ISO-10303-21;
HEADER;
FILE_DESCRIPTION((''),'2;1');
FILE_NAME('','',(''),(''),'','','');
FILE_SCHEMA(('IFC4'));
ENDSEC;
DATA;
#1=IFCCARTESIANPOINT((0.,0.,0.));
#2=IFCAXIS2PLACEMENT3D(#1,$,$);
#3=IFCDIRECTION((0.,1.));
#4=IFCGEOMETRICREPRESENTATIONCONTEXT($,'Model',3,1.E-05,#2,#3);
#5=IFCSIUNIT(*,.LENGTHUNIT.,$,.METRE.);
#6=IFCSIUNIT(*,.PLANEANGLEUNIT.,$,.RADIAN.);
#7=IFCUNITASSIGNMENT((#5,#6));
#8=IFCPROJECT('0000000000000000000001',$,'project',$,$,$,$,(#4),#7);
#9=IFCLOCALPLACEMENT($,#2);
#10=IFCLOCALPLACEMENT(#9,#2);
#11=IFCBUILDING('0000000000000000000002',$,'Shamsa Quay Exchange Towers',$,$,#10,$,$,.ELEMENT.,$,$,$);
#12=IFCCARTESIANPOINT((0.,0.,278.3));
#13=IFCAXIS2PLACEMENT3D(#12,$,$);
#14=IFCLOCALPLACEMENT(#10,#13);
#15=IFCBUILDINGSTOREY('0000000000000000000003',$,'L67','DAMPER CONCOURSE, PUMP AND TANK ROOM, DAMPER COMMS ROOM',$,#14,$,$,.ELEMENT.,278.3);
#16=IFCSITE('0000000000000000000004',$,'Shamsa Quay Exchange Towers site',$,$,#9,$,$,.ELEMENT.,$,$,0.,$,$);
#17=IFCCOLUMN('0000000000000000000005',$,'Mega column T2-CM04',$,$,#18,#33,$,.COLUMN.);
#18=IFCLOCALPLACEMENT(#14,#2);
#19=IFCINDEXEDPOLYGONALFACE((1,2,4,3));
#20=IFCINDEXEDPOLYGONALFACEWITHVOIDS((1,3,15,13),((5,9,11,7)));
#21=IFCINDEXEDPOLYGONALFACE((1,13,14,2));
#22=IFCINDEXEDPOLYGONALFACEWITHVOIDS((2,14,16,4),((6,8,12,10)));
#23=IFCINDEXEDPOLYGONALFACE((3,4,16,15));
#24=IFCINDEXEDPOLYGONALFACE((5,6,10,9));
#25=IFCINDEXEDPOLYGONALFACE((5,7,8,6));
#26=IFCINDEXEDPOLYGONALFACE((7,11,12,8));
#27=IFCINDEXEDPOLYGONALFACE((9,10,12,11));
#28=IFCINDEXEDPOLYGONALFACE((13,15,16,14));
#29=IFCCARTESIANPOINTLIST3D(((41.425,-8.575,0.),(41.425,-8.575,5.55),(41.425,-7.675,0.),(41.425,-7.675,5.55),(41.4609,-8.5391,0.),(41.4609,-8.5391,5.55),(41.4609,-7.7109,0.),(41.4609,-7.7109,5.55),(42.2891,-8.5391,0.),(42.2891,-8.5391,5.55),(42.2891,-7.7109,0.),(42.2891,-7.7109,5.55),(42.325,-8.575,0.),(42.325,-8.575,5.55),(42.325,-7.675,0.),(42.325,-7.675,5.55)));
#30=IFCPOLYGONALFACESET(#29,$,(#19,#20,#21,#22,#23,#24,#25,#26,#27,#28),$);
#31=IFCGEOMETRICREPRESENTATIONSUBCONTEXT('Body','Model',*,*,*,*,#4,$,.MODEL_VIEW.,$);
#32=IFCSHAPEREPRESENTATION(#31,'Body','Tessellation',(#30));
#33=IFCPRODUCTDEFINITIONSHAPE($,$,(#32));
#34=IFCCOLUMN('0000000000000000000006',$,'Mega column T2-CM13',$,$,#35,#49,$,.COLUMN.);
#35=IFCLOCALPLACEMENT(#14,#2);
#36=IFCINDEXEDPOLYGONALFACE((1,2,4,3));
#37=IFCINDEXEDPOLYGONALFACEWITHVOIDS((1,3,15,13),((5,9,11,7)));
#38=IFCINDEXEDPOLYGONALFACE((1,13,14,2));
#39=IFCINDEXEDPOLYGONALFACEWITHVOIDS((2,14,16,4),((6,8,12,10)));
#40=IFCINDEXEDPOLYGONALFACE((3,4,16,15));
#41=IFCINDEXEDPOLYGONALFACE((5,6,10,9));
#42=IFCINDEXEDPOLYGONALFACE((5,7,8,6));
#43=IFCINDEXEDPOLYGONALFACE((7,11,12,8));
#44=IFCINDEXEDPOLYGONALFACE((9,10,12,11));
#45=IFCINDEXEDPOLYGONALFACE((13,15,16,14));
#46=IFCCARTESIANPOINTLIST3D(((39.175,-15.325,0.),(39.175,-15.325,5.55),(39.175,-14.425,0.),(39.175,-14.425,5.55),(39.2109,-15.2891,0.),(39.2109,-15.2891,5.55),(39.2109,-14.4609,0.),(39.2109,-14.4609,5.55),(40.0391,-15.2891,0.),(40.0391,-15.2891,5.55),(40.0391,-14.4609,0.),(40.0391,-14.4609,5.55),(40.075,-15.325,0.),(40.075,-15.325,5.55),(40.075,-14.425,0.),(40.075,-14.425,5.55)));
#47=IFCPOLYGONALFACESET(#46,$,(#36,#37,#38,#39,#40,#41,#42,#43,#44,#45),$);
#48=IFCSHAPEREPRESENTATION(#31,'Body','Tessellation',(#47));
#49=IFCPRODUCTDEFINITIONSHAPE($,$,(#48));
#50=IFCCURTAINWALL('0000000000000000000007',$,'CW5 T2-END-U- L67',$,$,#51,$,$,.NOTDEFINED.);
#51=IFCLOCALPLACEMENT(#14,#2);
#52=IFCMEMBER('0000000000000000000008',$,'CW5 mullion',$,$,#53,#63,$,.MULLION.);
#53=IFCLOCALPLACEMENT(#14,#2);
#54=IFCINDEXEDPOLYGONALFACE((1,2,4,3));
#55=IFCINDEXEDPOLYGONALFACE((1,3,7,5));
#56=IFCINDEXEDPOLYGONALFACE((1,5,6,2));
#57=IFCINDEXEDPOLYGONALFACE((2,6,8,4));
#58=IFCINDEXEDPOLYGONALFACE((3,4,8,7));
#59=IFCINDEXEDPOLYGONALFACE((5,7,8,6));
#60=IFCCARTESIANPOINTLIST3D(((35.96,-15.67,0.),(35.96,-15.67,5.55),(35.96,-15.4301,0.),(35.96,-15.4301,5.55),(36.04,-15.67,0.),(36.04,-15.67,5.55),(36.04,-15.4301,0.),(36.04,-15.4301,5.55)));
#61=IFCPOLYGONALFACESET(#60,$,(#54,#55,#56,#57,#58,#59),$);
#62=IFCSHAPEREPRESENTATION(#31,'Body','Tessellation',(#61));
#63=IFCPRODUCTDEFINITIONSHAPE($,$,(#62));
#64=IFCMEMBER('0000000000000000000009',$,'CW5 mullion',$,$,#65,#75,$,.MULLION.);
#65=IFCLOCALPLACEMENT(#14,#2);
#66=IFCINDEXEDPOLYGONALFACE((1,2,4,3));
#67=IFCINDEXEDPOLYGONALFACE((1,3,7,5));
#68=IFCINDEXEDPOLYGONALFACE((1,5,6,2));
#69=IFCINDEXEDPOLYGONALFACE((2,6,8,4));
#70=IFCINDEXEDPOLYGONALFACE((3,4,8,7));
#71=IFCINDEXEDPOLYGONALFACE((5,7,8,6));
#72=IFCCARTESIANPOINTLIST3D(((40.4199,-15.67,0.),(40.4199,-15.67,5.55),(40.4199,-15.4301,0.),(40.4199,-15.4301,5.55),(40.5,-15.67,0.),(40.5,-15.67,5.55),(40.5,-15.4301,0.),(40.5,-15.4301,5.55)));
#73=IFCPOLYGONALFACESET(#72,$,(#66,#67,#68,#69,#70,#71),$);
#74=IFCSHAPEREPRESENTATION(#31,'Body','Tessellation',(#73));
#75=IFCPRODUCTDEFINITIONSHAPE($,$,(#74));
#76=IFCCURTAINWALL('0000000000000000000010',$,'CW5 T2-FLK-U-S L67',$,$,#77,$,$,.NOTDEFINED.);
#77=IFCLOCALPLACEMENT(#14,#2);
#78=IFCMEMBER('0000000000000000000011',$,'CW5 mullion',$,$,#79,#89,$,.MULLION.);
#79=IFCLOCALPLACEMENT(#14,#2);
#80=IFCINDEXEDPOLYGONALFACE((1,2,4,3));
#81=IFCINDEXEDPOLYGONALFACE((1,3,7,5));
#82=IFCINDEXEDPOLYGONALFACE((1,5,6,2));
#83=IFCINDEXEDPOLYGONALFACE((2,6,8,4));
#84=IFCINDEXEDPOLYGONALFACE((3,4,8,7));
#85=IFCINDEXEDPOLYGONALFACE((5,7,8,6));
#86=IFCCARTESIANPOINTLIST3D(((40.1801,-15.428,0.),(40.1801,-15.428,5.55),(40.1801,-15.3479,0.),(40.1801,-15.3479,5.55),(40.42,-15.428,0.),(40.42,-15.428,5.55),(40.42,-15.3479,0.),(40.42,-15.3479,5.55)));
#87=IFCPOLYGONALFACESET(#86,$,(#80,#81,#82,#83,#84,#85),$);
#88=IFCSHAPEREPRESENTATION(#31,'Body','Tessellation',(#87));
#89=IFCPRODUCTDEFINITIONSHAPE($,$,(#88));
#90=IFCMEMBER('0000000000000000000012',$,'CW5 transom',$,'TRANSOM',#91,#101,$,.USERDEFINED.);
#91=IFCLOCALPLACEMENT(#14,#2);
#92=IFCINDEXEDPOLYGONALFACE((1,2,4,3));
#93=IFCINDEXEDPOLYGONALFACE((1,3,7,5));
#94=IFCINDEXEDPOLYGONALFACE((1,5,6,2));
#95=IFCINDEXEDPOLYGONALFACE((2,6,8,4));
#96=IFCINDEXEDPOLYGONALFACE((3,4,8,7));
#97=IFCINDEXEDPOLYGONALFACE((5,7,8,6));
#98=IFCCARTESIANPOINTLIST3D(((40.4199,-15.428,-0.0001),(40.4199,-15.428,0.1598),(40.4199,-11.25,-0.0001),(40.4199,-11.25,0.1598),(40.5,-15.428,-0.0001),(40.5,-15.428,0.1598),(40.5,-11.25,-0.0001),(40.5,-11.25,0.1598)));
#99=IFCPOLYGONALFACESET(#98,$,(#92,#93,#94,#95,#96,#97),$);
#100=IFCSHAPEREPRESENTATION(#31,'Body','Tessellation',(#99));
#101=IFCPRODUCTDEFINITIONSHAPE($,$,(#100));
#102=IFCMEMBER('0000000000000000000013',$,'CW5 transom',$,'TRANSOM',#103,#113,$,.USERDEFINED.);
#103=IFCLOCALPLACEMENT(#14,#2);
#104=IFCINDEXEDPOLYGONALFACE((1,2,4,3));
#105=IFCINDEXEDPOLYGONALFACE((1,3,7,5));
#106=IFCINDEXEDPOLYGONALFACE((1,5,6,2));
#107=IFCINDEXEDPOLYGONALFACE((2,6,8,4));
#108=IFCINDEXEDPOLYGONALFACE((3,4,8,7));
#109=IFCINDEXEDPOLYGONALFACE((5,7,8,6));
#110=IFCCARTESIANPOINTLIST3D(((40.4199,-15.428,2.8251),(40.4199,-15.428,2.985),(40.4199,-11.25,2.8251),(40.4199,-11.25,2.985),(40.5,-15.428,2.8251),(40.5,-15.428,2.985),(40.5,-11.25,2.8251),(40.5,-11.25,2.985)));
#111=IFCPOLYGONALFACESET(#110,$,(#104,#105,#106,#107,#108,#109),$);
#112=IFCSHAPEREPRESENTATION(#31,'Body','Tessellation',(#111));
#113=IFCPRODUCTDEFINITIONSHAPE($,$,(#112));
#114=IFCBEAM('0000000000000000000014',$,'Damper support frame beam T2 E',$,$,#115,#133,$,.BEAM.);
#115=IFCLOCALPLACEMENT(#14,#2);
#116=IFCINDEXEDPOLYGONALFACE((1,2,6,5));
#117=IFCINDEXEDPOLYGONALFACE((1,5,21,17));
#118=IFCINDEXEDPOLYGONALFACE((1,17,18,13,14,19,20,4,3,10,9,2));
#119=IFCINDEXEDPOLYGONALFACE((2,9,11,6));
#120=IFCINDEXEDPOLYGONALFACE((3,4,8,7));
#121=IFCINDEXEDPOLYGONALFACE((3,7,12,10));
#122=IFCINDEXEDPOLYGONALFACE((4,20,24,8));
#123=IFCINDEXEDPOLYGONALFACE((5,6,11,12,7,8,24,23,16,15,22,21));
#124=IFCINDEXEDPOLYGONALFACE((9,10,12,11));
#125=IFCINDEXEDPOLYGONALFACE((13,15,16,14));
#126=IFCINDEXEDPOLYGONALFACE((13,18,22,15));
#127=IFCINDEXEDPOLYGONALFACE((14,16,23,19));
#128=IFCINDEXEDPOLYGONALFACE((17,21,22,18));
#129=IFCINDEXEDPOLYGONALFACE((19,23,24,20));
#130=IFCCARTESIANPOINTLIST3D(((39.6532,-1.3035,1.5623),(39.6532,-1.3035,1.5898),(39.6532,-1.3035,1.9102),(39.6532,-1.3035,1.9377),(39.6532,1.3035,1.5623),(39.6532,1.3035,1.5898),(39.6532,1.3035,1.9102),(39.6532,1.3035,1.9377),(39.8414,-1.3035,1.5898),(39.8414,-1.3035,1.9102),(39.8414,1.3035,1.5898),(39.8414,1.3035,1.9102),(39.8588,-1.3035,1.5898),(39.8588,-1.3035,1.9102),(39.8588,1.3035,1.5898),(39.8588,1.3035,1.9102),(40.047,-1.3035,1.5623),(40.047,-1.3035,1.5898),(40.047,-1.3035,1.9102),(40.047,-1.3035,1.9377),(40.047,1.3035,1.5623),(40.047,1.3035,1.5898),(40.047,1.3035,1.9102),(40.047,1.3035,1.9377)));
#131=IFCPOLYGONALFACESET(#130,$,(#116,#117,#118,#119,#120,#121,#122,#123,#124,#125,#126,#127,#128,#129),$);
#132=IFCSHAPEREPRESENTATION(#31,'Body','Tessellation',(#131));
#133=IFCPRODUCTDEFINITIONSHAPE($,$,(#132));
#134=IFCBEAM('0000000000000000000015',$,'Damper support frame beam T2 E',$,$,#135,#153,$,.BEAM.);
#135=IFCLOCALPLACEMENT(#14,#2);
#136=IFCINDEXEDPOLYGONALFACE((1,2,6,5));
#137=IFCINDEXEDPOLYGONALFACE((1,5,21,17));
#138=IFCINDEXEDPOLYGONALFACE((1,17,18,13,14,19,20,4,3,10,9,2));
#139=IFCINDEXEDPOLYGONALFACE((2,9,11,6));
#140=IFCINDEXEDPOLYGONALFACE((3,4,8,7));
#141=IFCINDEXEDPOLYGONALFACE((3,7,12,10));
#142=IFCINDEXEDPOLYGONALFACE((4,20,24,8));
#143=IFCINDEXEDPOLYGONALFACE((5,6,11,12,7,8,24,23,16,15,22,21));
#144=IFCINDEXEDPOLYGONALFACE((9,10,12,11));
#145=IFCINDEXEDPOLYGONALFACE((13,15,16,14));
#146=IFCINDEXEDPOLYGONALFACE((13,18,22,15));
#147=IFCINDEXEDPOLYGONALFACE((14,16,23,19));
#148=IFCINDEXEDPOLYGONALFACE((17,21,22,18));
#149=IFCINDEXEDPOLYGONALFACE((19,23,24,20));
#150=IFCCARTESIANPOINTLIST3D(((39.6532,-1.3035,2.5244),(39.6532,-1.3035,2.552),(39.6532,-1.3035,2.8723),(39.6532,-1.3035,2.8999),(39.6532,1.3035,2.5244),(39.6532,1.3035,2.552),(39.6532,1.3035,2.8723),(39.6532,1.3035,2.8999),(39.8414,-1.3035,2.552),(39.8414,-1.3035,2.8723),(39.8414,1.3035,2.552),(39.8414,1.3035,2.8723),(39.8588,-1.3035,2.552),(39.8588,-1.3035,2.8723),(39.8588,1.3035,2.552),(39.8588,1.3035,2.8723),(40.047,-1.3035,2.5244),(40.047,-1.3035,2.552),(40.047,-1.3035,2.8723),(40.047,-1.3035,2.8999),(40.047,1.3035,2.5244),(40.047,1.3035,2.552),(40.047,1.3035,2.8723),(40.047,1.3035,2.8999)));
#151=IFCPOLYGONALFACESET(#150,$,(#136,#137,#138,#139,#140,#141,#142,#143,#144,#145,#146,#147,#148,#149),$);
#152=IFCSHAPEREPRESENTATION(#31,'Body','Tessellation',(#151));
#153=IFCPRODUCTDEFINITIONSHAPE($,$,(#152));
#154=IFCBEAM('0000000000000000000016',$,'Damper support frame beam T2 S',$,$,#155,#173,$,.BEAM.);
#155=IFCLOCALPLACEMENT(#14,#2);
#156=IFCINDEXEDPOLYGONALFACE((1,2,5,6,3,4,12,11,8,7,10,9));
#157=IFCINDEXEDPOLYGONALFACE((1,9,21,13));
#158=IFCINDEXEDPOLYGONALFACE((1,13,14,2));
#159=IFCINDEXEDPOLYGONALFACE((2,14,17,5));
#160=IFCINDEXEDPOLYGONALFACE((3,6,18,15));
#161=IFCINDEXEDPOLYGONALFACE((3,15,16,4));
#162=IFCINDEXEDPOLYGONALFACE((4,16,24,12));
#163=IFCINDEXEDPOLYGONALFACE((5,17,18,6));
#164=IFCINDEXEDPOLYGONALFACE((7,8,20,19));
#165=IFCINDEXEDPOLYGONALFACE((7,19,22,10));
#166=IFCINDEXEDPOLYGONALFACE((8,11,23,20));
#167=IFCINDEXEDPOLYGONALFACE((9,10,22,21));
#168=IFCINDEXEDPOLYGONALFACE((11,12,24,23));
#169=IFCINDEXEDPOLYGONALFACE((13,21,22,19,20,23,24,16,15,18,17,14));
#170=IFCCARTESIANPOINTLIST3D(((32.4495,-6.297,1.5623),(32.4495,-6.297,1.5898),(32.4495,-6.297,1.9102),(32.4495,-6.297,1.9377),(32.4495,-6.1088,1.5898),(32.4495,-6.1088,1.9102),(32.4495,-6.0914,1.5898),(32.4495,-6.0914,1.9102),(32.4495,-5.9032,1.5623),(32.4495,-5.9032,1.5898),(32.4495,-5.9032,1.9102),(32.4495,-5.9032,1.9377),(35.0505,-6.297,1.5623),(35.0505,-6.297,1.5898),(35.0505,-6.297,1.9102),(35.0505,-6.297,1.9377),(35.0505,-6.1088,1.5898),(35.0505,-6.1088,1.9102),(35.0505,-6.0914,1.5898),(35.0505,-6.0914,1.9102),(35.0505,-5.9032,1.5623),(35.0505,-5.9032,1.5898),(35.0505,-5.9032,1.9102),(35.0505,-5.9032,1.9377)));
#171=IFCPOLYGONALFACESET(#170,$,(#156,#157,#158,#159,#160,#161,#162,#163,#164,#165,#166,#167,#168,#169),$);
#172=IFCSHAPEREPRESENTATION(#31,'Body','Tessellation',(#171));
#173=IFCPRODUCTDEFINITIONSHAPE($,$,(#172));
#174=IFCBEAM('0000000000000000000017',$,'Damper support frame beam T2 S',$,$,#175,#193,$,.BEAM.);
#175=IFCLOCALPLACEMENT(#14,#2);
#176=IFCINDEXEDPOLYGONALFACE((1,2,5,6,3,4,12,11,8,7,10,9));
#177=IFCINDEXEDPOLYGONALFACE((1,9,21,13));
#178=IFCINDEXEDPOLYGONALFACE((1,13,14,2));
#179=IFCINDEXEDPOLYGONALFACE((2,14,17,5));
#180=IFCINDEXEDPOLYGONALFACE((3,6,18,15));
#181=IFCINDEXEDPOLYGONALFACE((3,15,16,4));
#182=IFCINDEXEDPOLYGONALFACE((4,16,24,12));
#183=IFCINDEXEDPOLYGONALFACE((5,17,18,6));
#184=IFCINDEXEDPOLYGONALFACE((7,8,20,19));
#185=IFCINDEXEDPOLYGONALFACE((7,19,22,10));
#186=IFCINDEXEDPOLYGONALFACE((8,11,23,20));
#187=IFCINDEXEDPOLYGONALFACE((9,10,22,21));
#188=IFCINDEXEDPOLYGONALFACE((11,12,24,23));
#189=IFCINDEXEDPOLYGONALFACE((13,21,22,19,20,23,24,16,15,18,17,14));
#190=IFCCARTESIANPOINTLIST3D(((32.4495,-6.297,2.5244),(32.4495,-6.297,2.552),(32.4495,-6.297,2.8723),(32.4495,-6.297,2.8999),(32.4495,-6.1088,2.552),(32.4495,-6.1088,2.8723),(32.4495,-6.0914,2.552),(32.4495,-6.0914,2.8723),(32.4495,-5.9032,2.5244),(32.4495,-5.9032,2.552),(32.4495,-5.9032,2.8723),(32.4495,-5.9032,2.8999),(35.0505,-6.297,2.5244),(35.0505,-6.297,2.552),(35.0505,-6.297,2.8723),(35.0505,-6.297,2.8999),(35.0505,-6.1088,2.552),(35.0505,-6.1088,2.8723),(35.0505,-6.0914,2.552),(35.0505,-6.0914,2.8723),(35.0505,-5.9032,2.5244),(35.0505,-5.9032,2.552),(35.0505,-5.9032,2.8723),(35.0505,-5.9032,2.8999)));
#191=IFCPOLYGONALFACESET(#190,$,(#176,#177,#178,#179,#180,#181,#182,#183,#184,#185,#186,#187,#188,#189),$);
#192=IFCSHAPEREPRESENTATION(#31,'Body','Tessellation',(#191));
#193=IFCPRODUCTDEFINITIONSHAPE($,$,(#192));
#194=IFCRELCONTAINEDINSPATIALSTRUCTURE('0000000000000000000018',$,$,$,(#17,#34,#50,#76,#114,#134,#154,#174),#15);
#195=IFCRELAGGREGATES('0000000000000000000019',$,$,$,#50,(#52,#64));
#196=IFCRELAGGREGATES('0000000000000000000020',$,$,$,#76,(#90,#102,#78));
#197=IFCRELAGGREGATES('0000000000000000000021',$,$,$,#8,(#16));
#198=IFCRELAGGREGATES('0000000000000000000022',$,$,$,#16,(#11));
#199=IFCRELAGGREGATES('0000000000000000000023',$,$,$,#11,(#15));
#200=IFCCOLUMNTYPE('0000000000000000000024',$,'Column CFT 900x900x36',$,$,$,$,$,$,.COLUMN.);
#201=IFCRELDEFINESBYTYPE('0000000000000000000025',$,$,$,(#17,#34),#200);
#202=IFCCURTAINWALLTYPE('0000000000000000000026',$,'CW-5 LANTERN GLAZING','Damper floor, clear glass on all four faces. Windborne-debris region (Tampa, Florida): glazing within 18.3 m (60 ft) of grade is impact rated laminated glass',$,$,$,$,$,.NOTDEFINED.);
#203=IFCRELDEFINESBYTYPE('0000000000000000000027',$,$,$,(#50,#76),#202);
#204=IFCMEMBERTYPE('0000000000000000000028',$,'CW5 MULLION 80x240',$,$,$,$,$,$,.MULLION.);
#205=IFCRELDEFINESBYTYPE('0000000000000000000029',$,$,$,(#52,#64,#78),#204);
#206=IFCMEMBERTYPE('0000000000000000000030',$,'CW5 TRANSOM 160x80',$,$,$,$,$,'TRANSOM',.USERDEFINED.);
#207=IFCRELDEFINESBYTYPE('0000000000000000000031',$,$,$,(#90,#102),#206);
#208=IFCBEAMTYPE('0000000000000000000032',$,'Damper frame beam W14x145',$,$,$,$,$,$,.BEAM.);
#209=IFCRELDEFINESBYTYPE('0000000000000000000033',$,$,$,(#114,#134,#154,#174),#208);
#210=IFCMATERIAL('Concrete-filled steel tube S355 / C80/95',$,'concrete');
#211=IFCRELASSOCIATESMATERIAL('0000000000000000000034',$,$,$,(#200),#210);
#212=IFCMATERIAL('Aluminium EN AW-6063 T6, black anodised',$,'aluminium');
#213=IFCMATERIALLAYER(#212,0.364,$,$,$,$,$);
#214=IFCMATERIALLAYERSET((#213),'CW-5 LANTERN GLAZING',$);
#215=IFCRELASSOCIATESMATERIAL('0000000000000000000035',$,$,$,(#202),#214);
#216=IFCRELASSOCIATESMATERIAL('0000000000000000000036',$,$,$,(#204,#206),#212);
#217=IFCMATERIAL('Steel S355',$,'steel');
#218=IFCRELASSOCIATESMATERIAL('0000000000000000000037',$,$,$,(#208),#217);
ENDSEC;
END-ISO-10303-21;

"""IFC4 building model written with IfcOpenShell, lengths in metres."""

from ifc_helpers import new_model, si_unit, direction, frame, origin, origin_2d, place, context, subcontext, project, spatial, rectangle, hollow_rectangle, i_section, extrude, material, layer, layer_set, material_profile, profile_set, type_object, element, aggregate, save


model = new_model("IFC4")

# Units and contexts
model_context = context("Model", 3, precision=1e-05, world=origin(), true_north=direction((0.0, 1.0)))
body_context = subcontext(model_context, "Body", "Model", "MODEL_VIEW")
ifc_project = project(units=[si_unit("LENGTHUNIT", "METRE"), si_unit("PLANEANGLEUNIT", "RADIAN")], contexts=[model_context])

# Site, building, storey
site_placement = place(None, origin())
site = spatial("IfcSite", under=ifc_project, at=site_placement, Name="Shamsa Quay Exchange Towers site", CompositionType="ELEMENT", RefElevation=0.0)
building_placement = place(site_placement, origin())
building = spatial("IfcBuilding", under=site, at=building_placement, Name="Shamsa Quay Exchange Towers", CompositionType="ELEMENT")
storey_placement = place(building_placement, frame((0.0, 0.0, 278.3)))
storey = spatial("IfcBuildingStorey", under=building, at=storey_placement, Name="L67", Description="DAMPER CONCOURSE, PUMP AND TANK ROOM, DAMPER COMMS ROOM", CompositionType="ELEMENT", Elevation=278.3)

# Columns
ifc_material_1 = material(Name="Concrete-filled steel tube S355 / C80/95", Category="concrete")
ifc_material_profile_1 = material_profile(ifc_material_1, hollow_rectangle(XDim=0.8999, YDim=0.8999, WallThickness=0.0359, at=origin_2d()), Name="CFT 900x900x36")
ifc_profile_set_1 = profile_set([ifc_material_profile_1], Name="Concrete-filled steel tube S355 / C80/95")
column_type = type_object("IfcColumnType", Name="Column CFT 900x900x36", PredefinedType="COLUMN", material=ifc_profile_set_1)
for number, where, name in (
    (1, (41.875, -8.125, 0.0), "Mega column T2-CM04"),
    (2, (39.625, -14.875, 0.0), "Mega column T2-CM13"),
):
    element("IfcColumn", number, at=place(storey_placement, frame(where)), inside=storey, type_object=column_type, Name=name, PredefinedType="COLUMN", context=body_context, shape_type="SweptSolid", body=[
        extrude(hollow_rectangle(XDim=0.8999, YDim=0.8999, WallThickness=0.0359, at=origin_2d()), origin(), (0.0, 0.0, 1.0), 5.55),
    ])

# Curtain walls, members
ifc_material_2 = material(Name="Aluminium EN AW-6063 T6, black anodised", Category="aluminium")
ifc_layer_1 = layer(ifc_material_2, 0.364)
ifc_layer_set_1 = layer_set([ifc_layer_1], Name="CW-5 LANTERN GLAZING")
curtain_wall_type = type_object("IfcCurtainWallType", Name="CW-5 LANTERN GLAZING", Description="Damper floor, clear glass on all four faces. Windborne-debris region (Tampa, Florida): glazing within 18.3 m (60 ft) of grade is impact rated laminated glass", PredefinedType="NOTDEFINED", material=ifc_layer_set_1)
curtain_wall_1_placement = place(storey_placement, origin())
curtain_wall_1 = element("IfcCurtainWall", 3, at=curtain_wall_1_placement, inside=storey, type_object=curtain_wall_type, Name="CW5 T2-END-U- L67", PredefinedType="NOTDEFINED")
ifc_material_profile_2 = material_profile(ifc_material_2, rectangle(XDim=0.24, YDim=0.0801, at=origin_2d()), Name="MU80x240")
ifc_profile_set_2 = profile_set([ifc_material_profile_2], Name="Aluminium EN AW-6063 T6, black anodised")
member_type_1 = type_object("IfcMemberType", Name="CW5 MULLION 80x240", PredefinedType="MULLION", material=ifc_profile_set_2)
member_1_placement = place(storey_placement, frame((36.0, -15.55, 0.0), z_axis=(0.0, 0.0, 1.0), x_axis=(0.0, 1.0, 0.0)))
member_1 = element("IfcMember", 4, at=member_1_placement, type_object=member_type_1, Name="CW5 mullion", PredefinedType="MULLION", context=body_context, shape_type="SweptSolid", body=[
    extrude(rectangle(XDim=0.24, YDim=0.0801, at=origin_2d()), origin(), (0.0, 0.0, 1.0), 5.55),
])
member_2_placement = place(storey_placement, frame((40.46, -15.55, 0.0), z_axis=(0.0, 0.0, 1.0), x_axis=(0.0, 1.0, 0.0)))
member_2 = element("IfcMember", 5, at=member_2_placement, type_object=member_type_1, Name="CW5 mullion", PredefinedType="MULLION", context=body_context, shape_type="SweptSolid", body=[
    extrude(rectangle(XDim=0.24, YDim=0.0801, at=origin_2d()), origin(), (0.0, 0.0, 1.0), 5.55),
])
curtain_wall_2_placement = place(storey_placement, origin())
curtain_wall_2 = element("IfcCurtainWall", 6, at=curtain_wall_2_placement, inside=storey, type_object=curtain_wall_type, Name="CW5 T2-FLK-U-S L67", PredefinedType="NOTDEFINED")
member_3_placement = place(storey_placement, frame((40.3, -15.3879, 0.0), z_axis=(0.0, 0.0, 1.0), x_axis=(-1.0, 0.0, 0.0)))
member_3 = element("IfcMember", 7, at=member_3_placement, type_object=member_type_1, Name="CW5 mullion", PredefinedType="MULLION", context=body_context, shape_type="SweptSolid", body=[
    extrude(rectangle(XDim=0.24, YDim=0.0801, at=origin_2d()), origin(), (0.0, 0.0, 1.0), 5.55),
])
ifc_material_profile_3 = material_profile(ifc_material_2, rectangle(XDim=0.0801, YDim=0.1599, at=origin_2d()), Name="TR160x80")
ifc_profile_set_3 = profile_set([ifc_material_profile_3], Name="Aluminium EN AW-6063 T6, black anodised")
member_type_2 = type_object("IfcMemberType", Name="CW5 TRANSOM 160x80", ElementType="TRANSOM", PredefinedType="USERDEFINED", material=ifc_profile_set_3)
member_4_placement = place(storey_placement, frame((40.46, -15.428, 0.0798), z_axis=(0.0, 1.0, 0.0), x_axis=(-1.0, 0.0, 0.0)))
member_4 = element("IfcMember", 8, at=member_4_placement, type_object=member_type_2, Name="CW5 transom", ObjectType="TRANSOM", PredefinedType="USERDEFINED", context=body_context, shape_type="SweptSolid", body=[
    extrude(rectangle(XDim=0.0801, YDim=0.1599, at=origin_2d()), origin(), (0.0, 0.0, 1.0), 4.178),
])
member_5_placement = place(storey_placement, frame((40.46, -15.428, 2.905), z_axis=(0.0, 1.0, 0.0), x_axis=(-1.0, 0.0, 0.0)))
member_5 = element("IfcMember", 9, at=member_5_placement, type_object=member_type_2, Name="CW5 transom", ObjectType="TRANSOM", PredefinedType="USERDEFINED", context=body_context, shape_type="SweptSolid", body=[
    extrude(rectangle(XDim=0.0801, YDim=0.1599, at=origin_2d()), origin(), (0.0, 0.0, 1.0), 4.178),
])

# Beams
ifc_material_3 = material(Name="Steel S355", Category="steel")
ifc_material_profile_4 = material_profile(ifc_material_3, i_section(OverallWidth=0.3938, OverallDepth=0.3755, WebThickness=0.0173, FlangeThickness=0.0276, at=origin_2d()), Name="W14x145")
ifc_profile_set_4 = profile_set([ifc_material_profile_4], Name="Steel S355")
beam_type_1 = type_object("IfcBeamType", Name="Damper frame beam W14x145", PredefinedType="BEAM", material=ifc_profile_set_4)
for number, where, z_axis, x_axis, name in (
    (10, (39.8501, -1.3035, 1.75), (0.0, 1.0, 0.0), (-1.0, 0.0, 0.0), "Damper support frame beam T2 E"),
    (11, (39.8501, -1.3035, 2.7122), (0.0, 1.0, 0.0), (-1.0, 0.0, 0.0), "Damper support frame beam T2 E"),
):
    element("IfcBeam", number, at=place(storey_placement, frame(where, z_axis=z_axis, x_axis=x_axis)), inside=storey, type_object=beam_type_1, Name=name, PredefinedType="BEAM", context=body_context, shape_type="SweptSolid", body=[
        extrude(i_section(OverallWidth=0.3938, OverallDepth=0.3755, WebThickness=0.0173, FlangeThickness=0.0276, at=origin_2d()), origin(), (0.0, 0.0, 1.0), 2.6069),
    ])
for number, where, z_axis, x_axis, name in (
    (12, (32.4495, -6.1001, 1.75), (1.0, 0.0, 0.0), (0.0, 1.0, 0.0), "Damper support frame beam T2 S"),
    (13, (32.4495, -6.1001, 2.7122), (1.0, 0.0, 0.0), (0.0, 1.0, 0.0), "Damper support frame beam T2 S"),
):
    element("IfcBeam", number, at=place(storey_placement, frame(where, z_axis=z_axis, x_axis=x_axis)), inside=storey, type_object=beam_type_1, Name=name, PredefinedType="BEAM", context=body_context, shape_type="SweptSolid", body=[
        extrude(i_section(OverallWidth=0.3938, OverallDepth=0.3755, WebThickness=0.0173, FlangeThickness=0.0276, at=origin_2d()), origin(), (0.0, 0.0, 1.0), 2.6011),
    ])

aggregate(curtain_wall_1, [member_1, member_2])
aggregate(curtain_wall_2, [member_4, member_5, member_3])

save(model, "model.ifc")
